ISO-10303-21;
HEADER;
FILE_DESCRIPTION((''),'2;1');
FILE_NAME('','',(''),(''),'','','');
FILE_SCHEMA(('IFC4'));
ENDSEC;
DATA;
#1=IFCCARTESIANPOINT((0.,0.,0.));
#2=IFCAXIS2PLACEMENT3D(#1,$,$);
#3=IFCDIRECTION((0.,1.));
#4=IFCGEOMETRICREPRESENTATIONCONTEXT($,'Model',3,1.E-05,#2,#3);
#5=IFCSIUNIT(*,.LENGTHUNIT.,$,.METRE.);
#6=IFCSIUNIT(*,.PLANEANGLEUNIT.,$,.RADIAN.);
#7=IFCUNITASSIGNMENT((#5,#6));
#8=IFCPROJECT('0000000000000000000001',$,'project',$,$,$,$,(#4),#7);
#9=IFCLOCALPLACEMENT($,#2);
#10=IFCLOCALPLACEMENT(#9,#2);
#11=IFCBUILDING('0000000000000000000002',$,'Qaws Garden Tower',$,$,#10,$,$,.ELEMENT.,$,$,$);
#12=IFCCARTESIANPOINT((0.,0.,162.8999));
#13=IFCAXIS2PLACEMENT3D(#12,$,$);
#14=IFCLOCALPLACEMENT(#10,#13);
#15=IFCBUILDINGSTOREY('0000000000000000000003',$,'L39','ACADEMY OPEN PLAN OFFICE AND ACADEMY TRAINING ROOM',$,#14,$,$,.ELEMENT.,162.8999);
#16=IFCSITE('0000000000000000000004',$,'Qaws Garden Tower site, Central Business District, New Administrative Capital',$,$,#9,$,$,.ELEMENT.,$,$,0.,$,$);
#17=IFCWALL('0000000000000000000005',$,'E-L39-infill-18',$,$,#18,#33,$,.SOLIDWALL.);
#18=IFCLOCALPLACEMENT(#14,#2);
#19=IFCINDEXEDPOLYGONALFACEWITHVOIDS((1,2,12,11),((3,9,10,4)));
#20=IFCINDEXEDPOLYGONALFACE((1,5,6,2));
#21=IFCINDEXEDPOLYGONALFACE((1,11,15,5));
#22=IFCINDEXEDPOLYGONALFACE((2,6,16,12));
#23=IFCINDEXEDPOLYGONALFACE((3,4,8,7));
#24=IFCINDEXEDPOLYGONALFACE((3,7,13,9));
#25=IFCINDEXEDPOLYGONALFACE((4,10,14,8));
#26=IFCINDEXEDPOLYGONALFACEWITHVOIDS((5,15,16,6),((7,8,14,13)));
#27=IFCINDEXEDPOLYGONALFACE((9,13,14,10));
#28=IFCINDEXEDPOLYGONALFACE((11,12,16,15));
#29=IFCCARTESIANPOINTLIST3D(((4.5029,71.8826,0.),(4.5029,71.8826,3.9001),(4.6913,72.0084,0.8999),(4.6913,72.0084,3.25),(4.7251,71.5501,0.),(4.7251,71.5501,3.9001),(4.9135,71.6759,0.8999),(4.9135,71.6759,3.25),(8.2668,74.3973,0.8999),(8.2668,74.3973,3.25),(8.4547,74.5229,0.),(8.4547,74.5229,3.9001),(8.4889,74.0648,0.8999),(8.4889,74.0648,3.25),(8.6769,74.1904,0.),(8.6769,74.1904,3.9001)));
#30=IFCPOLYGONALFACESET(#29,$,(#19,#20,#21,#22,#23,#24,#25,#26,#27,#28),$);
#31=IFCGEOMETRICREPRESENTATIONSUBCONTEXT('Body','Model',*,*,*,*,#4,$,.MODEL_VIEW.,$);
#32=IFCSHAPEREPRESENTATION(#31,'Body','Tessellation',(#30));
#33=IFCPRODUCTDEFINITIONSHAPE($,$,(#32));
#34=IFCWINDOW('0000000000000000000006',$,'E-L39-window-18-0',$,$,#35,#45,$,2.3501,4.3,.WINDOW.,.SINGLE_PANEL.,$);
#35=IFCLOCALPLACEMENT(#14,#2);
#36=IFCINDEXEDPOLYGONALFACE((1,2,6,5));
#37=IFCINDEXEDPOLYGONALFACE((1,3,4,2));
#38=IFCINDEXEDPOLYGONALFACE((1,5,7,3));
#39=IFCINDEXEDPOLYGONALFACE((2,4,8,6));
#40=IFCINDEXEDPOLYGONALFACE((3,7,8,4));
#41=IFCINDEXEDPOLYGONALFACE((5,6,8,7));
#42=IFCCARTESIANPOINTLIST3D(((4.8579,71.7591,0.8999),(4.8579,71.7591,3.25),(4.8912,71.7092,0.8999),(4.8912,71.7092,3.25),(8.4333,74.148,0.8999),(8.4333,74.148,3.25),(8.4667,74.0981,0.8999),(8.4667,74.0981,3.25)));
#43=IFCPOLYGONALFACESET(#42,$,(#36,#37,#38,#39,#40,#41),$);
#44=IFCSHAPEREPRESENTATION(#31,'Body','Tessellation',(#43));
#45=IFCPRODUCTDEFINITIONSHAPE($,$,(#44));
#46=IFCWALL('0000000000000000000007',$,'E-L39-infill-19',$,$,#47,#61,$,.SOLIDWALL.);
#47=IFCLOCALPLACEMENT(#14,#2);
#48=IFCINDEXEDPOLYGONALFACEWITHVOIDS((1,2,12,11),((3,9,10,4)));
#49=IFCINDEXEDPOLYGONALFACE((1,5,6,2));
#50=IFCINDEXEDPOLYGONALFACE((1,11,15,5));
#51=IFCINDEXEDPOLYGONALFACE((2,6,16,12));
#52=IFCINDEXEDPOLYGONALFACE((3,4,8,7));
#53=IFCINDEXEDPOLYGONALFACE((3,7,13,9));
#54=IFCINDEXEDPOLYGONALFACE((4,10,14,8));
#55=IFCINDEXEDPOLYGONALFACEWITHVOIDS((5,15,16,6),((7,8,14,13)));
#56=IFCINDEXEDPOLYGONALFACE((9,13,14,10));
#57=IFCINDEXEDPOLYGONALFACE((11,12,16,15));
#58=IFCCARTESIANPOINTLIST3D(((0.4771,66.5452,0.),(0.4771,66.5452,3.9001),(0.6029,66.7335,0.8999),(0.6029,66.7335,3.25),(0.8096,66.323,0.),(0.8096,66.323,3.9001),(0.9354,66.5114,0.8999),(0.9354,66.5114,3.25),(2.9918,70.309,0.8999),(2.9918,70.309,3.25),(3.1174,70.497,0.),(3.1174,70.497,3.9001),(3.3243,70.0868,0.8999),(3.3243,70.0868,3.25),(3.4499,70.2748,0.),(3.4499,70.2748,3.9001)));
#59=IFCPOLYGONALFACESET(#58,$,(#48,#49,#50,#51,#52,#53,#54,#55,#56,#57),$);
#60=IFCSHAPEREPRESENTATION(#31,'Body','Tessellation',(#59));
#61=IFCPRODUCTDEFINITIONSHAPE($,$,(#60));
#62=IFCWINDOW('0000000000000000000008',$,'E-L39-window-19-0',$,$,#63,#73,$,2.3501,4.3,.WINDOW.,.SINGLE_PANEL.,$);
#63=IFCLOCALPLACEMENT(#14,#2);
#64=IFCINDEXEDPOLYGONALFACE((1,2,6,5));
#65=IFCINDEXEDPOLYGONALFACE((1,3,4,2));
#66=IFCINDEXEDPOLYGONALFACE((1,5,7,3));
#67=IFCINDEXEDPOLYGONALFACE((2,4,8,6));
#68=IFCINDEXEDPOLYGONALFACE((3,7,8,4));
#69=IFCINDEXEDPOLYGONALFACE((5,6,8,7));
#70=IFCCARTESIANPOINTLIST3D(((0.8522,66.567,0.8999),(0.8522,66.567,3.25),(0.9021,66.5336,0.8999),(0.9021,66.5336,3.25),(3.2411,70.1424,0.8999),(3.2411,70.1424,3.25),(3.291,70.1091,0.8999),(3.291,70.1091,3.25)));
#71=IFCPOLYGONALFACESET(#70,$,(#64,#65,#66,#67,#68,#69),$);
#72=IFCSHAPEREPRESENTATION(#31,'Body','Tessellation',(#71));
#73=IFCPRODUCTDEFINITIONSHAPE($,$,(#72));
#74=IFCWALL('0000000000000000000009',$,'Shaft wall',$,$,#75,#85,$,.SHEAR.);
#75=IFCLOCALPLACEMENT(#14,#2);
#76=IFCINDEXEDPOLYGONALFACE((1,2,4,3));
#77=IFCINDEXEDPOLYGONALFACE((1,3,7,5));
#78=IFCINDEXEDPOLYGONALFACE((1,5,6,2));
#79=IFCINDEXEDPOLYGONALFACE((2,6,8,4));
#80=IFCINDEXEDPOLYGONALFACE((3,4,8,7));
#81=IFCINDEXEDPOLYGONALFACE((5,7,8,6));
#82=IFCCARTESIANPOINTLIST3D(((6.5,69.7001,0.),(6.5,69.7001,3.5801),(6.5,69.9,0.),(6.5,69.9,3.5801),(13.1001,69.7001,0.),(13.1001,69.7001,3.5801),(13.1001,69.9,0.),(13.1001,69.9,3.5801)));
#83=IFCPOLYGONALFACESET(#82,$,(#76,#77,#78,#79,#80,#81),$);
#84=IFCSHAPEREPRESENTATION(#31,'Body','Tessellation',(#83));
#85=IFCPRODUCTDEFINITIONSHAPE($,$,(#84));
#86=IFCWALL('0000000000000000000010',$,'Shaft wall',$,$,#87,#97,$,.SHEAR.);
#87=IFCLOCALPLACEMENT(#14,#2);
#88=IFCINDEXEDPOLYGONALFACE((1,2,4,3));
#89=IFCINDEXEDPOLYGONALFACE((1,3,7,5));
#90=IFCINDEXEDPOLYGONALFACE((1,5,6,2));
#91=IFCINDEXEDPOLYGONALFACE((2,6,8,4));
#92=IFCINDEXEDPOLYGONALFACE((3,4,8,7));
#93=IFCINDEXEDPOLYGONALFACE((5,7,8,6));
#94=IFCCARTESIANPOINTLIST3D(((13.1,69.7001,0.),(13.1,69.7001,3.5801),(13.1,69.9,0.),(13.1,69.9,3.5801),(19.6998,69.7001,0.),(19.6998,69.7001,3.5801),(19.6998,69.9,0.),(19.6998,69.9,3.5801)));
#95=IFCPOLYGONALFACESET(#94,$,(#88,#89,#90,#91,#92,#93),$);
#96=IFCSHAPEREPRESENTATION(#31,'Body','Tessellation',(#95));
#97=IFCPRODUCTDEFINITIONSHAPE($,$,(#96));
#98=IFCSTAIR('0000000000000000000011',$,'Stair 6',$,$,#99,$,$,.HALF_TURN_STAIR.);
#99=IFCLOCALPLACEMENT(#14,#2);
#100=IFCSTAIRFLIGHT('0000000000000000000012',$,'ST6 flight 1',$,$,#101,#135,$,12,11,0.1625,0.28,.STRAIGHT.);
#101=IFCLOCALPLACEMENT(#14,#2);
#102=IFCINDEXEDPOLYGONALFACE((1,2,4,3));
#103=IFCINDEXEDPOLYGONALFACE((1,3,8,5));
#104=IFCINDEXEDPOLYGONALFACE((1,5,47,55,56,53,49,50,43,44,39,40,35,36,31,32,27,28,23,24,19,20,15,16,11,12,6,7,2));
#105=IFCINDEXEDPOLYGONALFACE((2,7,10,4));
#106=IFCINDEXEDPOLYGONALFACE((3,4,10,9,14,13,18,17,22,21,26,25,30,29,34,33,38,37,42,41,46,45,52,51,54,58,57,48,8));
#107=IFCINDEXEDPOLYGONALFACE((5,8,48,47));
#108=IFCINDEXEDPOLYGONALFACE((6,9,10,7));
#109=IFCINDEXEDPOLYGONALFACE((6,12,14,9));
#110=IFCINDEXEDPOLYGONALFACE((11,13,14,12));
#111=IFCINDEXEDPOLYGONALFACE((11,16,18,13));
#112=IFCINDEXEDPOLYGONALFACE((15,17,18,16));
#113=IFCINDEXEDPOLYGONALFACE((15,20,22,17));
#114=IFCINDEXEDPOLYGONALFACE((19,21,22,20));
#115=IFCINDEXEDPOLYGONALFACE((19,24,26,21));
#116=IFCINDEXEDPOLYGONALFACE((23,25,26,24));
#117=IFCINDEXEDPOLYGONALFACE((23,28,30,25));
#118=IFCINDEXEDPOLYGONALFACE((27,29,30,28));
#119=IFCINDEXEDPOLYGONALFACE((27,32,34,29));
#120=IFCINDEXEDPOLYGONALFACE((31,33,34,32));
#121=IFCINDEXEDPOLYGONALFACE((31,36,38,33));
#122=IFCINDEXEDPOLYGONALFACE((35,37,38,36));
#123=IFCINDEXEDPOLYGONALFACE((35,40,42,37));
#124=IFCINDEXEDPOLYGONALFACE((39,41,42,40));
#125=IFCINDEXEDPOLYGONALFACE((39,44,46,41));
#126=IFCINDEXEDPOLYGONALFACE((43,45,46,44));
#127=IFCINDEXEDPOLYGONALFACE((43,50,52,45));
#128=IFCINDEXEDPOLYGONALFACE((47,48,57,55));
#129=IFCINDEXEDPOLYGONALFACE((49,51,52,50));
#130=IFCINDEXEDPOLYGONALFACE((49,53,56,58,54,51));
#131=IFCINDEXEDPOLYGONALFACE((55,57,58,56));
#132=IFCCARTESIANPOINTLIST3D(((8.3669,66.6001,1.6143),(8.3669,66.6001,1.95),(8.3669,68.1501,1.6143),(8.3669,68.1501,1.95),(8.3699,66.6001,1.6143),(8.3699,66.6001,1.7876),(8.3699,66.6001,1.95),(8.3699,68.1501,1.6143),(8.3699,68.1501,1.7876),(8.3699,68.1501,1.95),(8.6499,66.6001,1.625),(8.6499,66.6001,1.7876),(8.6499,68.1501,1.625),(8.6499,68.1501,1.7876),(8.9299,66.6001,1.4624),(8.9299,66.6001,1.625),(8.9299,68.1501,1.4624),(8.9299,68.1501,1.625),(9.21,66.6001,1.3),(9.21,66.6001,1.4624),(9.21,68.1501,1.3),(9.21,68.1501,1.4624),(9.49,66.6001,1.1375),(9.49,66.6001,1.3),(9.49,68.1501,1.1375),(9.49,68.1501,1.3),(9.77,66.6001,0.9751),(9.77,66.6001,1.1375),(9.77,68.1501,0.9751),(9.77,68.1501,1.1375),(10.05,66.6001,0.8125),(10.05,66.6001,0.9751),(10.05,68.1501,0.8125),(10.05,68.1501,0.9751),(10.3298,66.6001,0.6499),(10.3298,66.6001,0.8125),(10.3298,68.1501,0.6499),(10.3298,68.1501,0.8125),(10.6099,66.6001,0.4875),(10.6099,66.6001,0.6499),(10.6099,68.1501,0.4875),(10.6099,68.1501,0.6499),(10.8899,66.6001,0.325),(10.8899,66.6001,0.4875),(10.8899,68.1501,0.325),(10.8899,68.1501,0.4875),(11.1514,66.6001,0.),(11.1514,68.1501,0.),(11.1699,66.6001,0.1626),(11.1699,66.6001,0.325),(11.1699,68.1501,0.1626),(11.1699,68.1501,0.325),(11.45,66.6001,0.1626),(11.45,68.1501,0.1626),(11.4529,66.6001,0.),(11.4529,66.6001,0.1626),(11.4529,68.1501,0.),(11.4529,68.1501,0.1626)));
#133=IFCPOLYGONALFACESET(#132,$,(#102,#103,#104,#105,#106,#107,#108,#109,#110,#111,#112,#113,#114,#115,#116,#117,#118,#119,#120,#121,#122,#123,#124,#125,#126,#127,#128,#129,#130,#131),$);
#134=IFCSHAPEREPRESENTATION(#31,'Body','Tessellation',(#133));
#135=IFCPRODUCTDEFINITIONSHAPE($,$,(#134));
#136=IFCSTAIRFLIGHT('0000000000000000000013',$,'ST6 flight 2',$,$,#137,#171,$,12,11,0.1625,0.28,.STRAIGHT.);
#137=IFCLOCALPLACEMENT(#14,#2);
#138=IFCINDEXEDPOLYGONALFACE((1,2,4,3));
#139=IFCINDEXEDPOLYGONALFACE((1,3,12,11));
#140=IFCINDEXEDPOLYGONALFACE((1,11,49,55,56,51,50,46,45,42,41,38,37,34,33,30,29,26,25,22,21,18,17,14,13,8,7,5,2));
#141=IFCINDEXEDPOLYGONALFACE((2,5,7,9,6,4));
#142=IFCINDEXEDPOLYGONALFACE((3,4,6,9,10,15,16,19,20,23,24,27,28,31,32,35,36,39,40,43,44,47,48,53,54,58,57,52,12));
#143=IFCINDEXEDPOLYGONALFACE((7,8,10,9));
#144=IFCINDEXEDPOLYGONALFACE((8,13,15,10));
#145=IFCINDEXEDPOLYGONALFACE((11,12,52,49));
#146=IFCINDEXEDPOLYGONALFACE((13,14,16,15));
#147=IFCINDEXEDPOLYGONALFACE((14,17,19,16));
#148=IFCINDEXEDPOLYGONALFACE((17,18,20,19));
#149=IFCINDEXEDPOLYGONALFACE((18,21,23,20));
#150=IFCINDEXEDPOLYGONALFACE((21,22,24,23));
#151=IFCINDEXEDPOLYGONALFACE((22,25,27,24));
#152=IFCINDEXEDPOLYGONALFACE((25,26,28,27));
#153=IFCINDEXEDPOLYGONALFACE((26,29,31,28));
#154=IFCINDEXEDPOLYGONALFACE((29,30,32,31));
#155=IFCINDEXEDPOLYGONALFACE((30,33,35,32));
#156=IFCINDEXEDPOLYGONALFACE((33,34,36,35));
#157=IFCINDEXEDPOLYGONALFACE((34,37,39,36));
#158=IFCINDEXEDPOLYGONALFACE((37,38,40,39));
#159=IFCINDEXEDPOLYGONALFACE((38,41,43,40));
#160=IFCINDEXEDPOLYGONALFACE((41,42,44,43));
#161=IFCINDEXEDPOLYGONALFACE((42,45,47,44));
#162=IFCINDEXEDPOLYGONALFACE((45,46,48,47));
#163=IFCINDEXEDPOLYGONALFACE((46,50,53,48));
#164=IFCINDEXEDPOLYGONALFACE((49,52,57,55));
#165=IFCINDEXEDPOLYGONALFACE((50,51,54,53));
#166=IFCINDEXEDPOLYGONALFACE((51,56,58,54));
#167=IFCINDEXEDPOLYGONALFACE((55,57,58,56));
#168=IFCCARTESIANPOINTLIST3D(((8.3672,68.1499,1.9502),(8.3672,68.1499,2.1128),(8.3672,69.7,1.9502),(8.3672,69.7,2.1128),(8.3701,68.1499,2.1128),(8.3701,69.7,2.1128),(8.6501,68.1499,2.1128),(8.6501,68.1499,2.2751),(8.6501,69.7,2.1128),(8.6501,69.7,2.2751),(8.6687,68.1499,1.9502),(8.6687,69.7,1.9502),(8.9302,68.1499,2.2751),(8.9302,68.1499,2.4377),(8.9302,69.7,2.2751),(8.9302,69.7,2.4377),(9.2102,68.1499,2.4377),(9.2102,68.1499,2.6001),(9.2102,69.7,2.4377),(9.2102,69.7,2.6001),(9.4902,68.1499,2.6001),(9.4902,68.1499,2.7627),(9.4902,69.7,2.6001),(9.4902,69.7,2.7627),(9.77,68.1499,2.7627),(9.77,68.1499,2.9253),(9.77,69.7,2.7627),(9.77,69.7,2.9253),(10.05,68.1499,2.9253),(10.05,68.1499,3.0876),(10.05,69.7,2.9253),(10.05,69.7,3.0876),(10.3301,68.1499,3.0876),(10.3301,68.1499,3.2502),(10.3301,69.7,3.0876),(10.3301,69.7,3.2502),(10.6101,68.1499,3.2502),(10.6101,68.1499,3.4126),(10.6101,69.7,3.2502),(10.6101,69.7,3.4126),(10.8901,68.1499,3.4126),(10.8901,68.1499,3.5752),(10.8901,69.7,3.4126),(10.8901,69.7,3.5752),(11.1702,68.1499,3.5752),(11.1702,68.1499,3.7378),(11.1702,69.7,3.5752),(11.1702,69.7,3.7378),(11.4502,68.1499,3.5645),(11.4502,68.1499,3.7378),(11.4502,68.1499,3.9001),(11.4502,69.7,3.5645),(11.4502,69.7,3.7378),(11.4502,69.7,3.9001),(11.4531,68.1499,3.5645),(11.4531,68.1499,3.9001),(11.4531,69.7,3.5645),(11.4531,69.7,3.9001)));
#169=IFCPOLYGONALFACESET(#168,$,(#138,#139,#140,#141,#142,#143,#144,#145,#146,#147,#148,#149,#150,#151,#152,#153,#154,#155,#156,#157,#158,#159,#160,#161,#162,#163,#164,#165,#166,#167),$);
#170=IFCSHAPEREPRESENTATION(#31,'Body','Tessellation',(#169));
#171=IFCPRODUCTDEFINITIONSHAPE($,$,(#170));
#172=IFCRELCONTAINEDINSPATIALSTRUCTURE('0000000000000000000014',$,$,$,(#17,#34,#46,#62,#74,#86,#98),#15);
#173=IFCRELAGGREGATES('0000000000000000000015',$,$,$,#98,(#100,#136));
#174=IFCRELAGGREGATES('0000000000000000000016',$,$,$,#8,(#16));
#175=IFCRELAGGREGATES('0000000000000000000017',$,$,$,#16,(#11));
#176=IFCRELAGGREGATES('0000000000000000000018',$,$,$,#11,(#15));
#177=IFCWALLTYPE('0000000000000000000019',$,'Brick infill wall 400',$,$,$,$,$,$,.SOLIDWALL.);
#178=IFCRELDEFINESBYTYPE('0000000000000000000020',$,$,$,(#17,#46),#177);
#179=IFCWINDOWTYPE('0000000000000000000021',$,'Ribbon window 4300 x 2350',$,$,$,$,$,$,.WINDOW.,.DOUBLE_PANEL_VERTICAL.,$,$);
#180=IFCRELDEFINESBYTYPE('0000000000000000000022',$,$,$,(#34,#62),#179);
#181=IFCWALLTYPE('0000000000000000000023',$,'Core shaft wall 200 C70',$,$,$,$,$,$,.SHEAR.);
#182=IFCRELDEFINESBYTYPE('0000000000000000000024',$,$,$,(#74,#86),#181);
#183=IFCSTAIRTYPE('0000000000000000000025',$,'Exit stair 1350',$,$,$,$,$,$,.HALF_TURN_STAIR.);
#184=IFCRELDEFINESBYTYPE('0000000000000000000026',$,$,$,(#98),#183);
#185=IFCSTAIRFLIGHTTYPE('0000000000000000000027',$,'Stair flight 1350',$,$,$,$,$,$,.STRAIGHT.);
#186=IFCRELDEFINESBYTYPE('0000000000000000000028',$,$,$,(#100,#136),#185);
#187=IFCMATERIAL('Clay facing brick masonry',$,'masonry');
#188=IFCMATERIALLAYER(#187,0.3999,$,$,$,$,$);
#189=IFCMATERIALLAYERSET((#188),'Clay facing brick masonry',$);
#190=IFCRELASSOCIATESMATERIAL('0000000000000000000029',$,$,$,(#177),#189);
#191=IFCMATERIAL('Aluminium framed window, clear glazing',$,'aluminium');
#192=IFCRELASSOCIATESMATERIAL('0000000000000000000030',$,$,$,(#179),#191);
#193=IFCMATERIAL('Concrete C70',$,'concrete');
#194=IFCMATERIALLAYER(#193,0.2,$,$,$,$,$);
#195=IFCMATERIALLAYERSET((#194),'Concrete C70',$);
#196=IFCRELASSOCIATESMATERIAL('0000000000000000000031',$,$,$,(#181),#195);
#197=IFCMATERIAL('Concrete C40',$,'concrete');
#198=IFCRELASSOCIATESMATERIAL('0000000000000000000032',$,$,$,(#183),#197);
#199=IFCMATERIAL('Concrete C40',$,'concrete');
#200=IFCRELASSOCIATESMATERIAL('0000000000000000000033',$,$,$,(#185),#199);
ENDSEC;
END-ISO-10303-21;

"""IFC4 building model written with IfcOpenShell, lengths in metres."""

from ifc_helpers import new_model, si_unit, direction, frame, frame_2d, origin, place, context, subcontext, project, spatial, polyline, rectangle, outline, extrude, material, layer, layer_set, type_object, element, fill, aggregate, save


model = new_model("IFC4")

# Units and contexts
model_context = context("Model", 3, precision=1e-05, world=origin(), true_north=direction((0.0, 1.0)))
body_context = subcontext(model_context, "Body", "Model", "MODEL_VIEW")
ifc_project = project(units=[si_unit("LENGTHUNIT", "METRE"), si_unit("PLANEANGLEUNIT", "RADIAN")], contexts=[model_context])

# Site, building, storey
site_placement = place(None, origin())
site = spatial("IfcSite", under=ifc_project, at=site_placement, Name="Qaws Garden Tower site, Central Business District, New Administrative Capital", CompositionType="ELEMENT", RefElevation=0.0)
building_placement = place(site_placement, origin())
building = spatial("IfcBuilding", under=site, at=building_placement, Name="Qaws Garden Tower", CompositionType="ELEMENT")
storey_placement = place(building_placement, frame((0.0, 0.0, 162.8999)))
storey = spatial("IfcBuildingStorey", under=building, at=storey_placement, Name="L39", Description="ACADEMY OPEN PLAN OFFICE AND ACADEMY TRAINING ROOM", CompositionType="ELEMENT", Elevation=162.8999)

# Walls, openings, windows
ifc_material_1 = material(Name="Clay facing brick masonry", Category="masonry")
ifc_layer_1 = layer(ifc_material_1, 0.3999)
ifc_layer_set_1 = layer_set([ifc_layer_1], Name="Clay facing brick masonry")
wall_type_1 = type_object("IfcWallType", Name="Brick infill wall 400", PredefinedType="SOLIDWALL", material=ifc_layer_set_1)
ifc_material_2 = material(Name="Aluminium framed window, clear glazing", Category="aluminium")
window_type = type_object("IfcWindowType", Name="Ribbon window 4300 x 2350", PartitioningType="DOUBLE_PANEL_VERTICAL", PredefinedType="WINDOW", material=ifc_material_2)
wall_1_placement = place(storey_placement, frame((8.5659, 74.3567, 0.0), z_axis=(0.0, 0.0, 1.0), x_axis=(-0.831489, -0.555542, 0.0)))
wall_1 = element("IfcWall", 1, at=wall_1_placement, inside=storey, type_object=wall_type_1, Name="E-L39-infill-18", PredefinedType="SOLIDWALL", context=body_context, shape_type="SweptSolid", body=[
    extrude(rectangle(XDim=4.7527, YDim=0.3999, at=frame_2d((2.3765, 0.0))), origin(), (0.0, 0.0, 1.0), 3.9001),
])
opening_1_placement = place(wall_1_placement, frame((0.2263, 0.0, 0.8999)))
opening_1 = element("IfcOpeningElement", 2, at=opening_1_placement, cuts=wall_1, PredefinedType="OPENING", context=body_context, shape_type="SweptSolid", body=[
    extrude(rectangle(XDim=4.3, YDim=2.3501, at=frame_2d((2.1499, 1.175))), frame((0.0, 0.21, 0.0), z_axis=(0.0, -1.0, 0.0), x_axis=(1.0, 0.0, 0.0)), (0.0, 0.0, 1.0), 0.4199),
])
window_1_placement = place(opening_1_placement, origin())
window_1 = element("IfcWindow", 3, at=window_1_placement, inside=storey, type_object=window_type, Name="E-L39-window-18-0", OverallHeight=2.3501, OverallWidth=4.3, PartitioningType="SINGLE_PANEL", PredefinedType="WINDOW", context=body_context, shape_type="SweptSolid", body=[
    extrude(rectangle(XDim=4.3, YDim=2.3501, at=frame_2d((2.1499, 1.175))), frame((0.0, 0.1599, 0.0), z_axis=(0.0, -1.0, 0.0), x_axis=(1.0, 0.0, 0.0)), (0.0, 0.0, 1.0), 0.0601),
])
fill(opening_1, window_1)
wall_2_placement = place(storey_placement, frame((3.2837, 70.386, 0.0), z_axis=(0.0, 0.0, 1.0), x_axis=(-0.555542, -0.831489, 0.0)))
wall_2 = element("IfcWall", 4, at=wall_2_placement, inside=storey, type_object=wall_type_1, Name="E-L39-infill-19", PredefinedType="SOLIDWALL", context=body_context, shape_type="SweptSolid", body=[
    extrude(rectangle(XDim=4.7527, YDim=0.3999, at=frame_2d((2.3765, 0.0))), origin(), (0.0, 0.0, 1.0), 3.9001),
])
opening_2_placement = place(wall_2_placement, frame((0.2263, 0.0, 0.8999)))
opening_2 = element("IfcOpeningElement", 5, at=opening_2_placement, cuts=wall_2, PredefinedType="OPENING", context=body_context, shape_type="SweptSolid", body=[
    extrude(rectangle(XDim=4.3, YDim=2.3501, at=frame_2d((2.1499, 1.175))), frame((0.0, 0.21, 0.0), z_axis=(0.0, -1.0, 0.0), x_axis=(1.0, 0.0, 0.0)), (0.0, 0.0, 1.0), 0.4199),
])
window_2_placement = place(opening_2_placement, origin())
window_2 = element("IfcWindow", 6, at=window_2_placement, inside=storey, type_object=window_type, Name="E-L39-window-19-0", OverallHeight=2.3501, OverallWidth=4.3, PartitioningType="SINGLE_PANEL", PredefinedType="WINDOW", context=body_context, shape_type="SweptSolid", body=[
    extrude(rectangle(XDim=4.3, YDim=2.3501, at=frame_2d((2.1499, 1.175))), frame((0.0, 0.1599, 0.0), z_axis=(0.0, -1.0, 0.0), x_axis=(1.0, 0.0, 0.0)), (0.0, 0.0, 1.0), 0.0601),
])
fill(opening_2, window_2)

# Walls
ifc_material_3 = material(Name="Concrete C70", Category="concrete")
ifc_layer_2 = layer(ifc_material_3, 0.2)
ifc_layer_set_2 = layer_set([ifc_layer_2], Name="Concrete C70")
wall_type_2 = type_object("IfcWallType", Name="Core shaft wall 200 C70", PredefinedType="SHEAR", material=ifc_layer_set_2)
wall_3_placement = place(storey_placement, frame((6.5, 69.8, 0.0), z_axis=(0.0, 0.0, 1.0), x_axis=(1.0, 0.0, 0.0)))
element("IfcWall", 7, at=wall_3_placement, inside=storey, type_object=wall_type_2, Name="Shaft wall", PredefinedType="SHEAR", context=body_context, shape_type="SweptSolid", body=[
    extrude(rectangle(XDim=6.6001, YDim=0.2, at=frame_2d((3.3, 0.0))), origin(), (0.0, 0.0, 1.0), 3.5801),
])
wall_4_placement = place(storey_placement, frame((13.1001, 69.8, 0.0), z_axis=(0.0, 0.0, 1.0), x_axis=(1.0, 0.0, 0.0)))
element("IfcWall", 8, at=wall_4_placement, inside=storey, type_object=wall_type_2, Name="Shaft wall", PredefinedType="SHEAR", context=body_context, shape_type="SweptSolid", body=[
    extrude(rectangle(XDim=6.5999, YDim=0.2, at=frame_2d((3.2998, 0.0))), origin(), (0.0, 0.0, 1.0), 3.5801),
])

# Stair, stair flights
ifc_material_4 = material(Name="Concrete C40", Category="concrete")
stair_type = type_object("IfcStairType", Name="Exit stair 1350", PredefinedType="HALF_TURN_STAIR", material=ifc_material_4)
placement = place(storey_placement, origin())
stair_1 = element("IfcStair", 9, at=placement, inside=storey, type_object=stair_type, Name="Stair 6", PredefinedType="HALF_TURN_STAIR")
ifc_material_5 = material(Name="Concrete C40", Category="concrete")
stair_flight_type = type_object("IfcStairFlightType", Name="Stair flight 1350", PredefinedType="STRAIGHT", material=ifc_material_5)
stair_flight_1_placement = place(storey_placement, frame((11.45, 67.375, 0.0), z_axis=(0.0, 0.0, 1.0), x_axis=(-1.0, 0.0, 0.0)))
stair_flight_1 = element("IfcStairFlight", 10, at=stair_flight_1_placement, type_object=stair_flight_type, Name="ST6 flight 1", NumberOfRisers=12, NumberOfTreads=11, PredefinedType="STRAIGHT", RiserHeight=0.1625, TreadLength=0.28, context=body_context, shape_type="SweptSolid", body=[
    extrude(outline(polyline([(-0.0029, 0.0), (-0.0029, 0.1626), (0.0, 0.1626), (0.28, 0.1626), (0.28, 0.325), (0.5601, 0.325), (0.5601, 0.4875), (0.8401, 0.4875), (0.8401, 0.6499), (1.1201, 0.6499), (1.1201, 0.8125), (1.3999, 0.8125), (1.3999, 0.9751), (1.6799, 0.9751), (1.6799, 1.1375), (1.96, 1.1375), (1.96, 1.3), (2.24, 1.3), (2.24, 1.4624), (2.52, 1.4624), (2.52, 1.625), (2.8, 1.625), (2.8, 1.7876), (3.0801, 1.7876), (3.0801, 1.95), (3.083, 1.95), (3.083, 1.6143), (3.0801, 1.6143), (0.2986, 0.0), (-0.0029, 0.0)])), frame((0.0, 0.7749, 0.0), z_axis=(0.0, -1.0, 0.0), x_axis=(1.0, 0.0, 0.0)), (0.0, 0.0, 1.0), 1.55),
])
stair_flight_2_placement = place(storey_placement, frame((8.3701, 68.925, 1.9502), z_axis=(0.0, 0.0, 1.0), x_axis=(1.0, 0.0, 0.0)))
stair_flight_2 = element("IfcStairFlight", 11, at=stair_flight_2_placement, type_object=stair_flight_type, Name="ST6 flight 2", NumberOfRisers=12, NumberOfTreads=11, PredefinedType="STRAIGHT", RiserHeight=0.1625, TreadLength=0.28, context=body_context, shape_type="SweptSolid", body=[
    extrude(outline(polyline([(-0.0029, 0.0), (-0.0029, 0.1626), (0.0, 0.1626), (0.28, 0.1626), (0.28, 0.325), (0.5601, 0.325), (0.5601, 0.4875), (0.8401, 0.4875), (0.8401, 0.6499), (1.1201, 0.6499), (1.1201, 0.8125), (1.3999, 0.8125), (1.3999, 0.9751), (1.6799, 0.9751), (1.6799, 1.1375), (1.96, 1.1375), (1.96, 1.3), (2.24, 1.3), (2.24, 1.4624), (2.52, 1.4624), (2.52, 1.625), (2.8, 1.625), (2.8, 1.7876), (3.0801, 1.7876), (3.0801, 1.95), (3.083, 1.95), (3.083, 1.6143), (3.0801, 1.6143), (0.2986, 0.0), (-0.0029, 0.0)])), frame((0.0, 0.7749, 0.0), z_axis=(0.0, -1.0, 0.0), x_axis=(1.0, 0.0, 0.0)), (0.0, 0.0, 1.0), 1.55),
])
aggregate(stair_1, [stair_flight_1, stair_flight_2])

save(model, "model.ifc")
